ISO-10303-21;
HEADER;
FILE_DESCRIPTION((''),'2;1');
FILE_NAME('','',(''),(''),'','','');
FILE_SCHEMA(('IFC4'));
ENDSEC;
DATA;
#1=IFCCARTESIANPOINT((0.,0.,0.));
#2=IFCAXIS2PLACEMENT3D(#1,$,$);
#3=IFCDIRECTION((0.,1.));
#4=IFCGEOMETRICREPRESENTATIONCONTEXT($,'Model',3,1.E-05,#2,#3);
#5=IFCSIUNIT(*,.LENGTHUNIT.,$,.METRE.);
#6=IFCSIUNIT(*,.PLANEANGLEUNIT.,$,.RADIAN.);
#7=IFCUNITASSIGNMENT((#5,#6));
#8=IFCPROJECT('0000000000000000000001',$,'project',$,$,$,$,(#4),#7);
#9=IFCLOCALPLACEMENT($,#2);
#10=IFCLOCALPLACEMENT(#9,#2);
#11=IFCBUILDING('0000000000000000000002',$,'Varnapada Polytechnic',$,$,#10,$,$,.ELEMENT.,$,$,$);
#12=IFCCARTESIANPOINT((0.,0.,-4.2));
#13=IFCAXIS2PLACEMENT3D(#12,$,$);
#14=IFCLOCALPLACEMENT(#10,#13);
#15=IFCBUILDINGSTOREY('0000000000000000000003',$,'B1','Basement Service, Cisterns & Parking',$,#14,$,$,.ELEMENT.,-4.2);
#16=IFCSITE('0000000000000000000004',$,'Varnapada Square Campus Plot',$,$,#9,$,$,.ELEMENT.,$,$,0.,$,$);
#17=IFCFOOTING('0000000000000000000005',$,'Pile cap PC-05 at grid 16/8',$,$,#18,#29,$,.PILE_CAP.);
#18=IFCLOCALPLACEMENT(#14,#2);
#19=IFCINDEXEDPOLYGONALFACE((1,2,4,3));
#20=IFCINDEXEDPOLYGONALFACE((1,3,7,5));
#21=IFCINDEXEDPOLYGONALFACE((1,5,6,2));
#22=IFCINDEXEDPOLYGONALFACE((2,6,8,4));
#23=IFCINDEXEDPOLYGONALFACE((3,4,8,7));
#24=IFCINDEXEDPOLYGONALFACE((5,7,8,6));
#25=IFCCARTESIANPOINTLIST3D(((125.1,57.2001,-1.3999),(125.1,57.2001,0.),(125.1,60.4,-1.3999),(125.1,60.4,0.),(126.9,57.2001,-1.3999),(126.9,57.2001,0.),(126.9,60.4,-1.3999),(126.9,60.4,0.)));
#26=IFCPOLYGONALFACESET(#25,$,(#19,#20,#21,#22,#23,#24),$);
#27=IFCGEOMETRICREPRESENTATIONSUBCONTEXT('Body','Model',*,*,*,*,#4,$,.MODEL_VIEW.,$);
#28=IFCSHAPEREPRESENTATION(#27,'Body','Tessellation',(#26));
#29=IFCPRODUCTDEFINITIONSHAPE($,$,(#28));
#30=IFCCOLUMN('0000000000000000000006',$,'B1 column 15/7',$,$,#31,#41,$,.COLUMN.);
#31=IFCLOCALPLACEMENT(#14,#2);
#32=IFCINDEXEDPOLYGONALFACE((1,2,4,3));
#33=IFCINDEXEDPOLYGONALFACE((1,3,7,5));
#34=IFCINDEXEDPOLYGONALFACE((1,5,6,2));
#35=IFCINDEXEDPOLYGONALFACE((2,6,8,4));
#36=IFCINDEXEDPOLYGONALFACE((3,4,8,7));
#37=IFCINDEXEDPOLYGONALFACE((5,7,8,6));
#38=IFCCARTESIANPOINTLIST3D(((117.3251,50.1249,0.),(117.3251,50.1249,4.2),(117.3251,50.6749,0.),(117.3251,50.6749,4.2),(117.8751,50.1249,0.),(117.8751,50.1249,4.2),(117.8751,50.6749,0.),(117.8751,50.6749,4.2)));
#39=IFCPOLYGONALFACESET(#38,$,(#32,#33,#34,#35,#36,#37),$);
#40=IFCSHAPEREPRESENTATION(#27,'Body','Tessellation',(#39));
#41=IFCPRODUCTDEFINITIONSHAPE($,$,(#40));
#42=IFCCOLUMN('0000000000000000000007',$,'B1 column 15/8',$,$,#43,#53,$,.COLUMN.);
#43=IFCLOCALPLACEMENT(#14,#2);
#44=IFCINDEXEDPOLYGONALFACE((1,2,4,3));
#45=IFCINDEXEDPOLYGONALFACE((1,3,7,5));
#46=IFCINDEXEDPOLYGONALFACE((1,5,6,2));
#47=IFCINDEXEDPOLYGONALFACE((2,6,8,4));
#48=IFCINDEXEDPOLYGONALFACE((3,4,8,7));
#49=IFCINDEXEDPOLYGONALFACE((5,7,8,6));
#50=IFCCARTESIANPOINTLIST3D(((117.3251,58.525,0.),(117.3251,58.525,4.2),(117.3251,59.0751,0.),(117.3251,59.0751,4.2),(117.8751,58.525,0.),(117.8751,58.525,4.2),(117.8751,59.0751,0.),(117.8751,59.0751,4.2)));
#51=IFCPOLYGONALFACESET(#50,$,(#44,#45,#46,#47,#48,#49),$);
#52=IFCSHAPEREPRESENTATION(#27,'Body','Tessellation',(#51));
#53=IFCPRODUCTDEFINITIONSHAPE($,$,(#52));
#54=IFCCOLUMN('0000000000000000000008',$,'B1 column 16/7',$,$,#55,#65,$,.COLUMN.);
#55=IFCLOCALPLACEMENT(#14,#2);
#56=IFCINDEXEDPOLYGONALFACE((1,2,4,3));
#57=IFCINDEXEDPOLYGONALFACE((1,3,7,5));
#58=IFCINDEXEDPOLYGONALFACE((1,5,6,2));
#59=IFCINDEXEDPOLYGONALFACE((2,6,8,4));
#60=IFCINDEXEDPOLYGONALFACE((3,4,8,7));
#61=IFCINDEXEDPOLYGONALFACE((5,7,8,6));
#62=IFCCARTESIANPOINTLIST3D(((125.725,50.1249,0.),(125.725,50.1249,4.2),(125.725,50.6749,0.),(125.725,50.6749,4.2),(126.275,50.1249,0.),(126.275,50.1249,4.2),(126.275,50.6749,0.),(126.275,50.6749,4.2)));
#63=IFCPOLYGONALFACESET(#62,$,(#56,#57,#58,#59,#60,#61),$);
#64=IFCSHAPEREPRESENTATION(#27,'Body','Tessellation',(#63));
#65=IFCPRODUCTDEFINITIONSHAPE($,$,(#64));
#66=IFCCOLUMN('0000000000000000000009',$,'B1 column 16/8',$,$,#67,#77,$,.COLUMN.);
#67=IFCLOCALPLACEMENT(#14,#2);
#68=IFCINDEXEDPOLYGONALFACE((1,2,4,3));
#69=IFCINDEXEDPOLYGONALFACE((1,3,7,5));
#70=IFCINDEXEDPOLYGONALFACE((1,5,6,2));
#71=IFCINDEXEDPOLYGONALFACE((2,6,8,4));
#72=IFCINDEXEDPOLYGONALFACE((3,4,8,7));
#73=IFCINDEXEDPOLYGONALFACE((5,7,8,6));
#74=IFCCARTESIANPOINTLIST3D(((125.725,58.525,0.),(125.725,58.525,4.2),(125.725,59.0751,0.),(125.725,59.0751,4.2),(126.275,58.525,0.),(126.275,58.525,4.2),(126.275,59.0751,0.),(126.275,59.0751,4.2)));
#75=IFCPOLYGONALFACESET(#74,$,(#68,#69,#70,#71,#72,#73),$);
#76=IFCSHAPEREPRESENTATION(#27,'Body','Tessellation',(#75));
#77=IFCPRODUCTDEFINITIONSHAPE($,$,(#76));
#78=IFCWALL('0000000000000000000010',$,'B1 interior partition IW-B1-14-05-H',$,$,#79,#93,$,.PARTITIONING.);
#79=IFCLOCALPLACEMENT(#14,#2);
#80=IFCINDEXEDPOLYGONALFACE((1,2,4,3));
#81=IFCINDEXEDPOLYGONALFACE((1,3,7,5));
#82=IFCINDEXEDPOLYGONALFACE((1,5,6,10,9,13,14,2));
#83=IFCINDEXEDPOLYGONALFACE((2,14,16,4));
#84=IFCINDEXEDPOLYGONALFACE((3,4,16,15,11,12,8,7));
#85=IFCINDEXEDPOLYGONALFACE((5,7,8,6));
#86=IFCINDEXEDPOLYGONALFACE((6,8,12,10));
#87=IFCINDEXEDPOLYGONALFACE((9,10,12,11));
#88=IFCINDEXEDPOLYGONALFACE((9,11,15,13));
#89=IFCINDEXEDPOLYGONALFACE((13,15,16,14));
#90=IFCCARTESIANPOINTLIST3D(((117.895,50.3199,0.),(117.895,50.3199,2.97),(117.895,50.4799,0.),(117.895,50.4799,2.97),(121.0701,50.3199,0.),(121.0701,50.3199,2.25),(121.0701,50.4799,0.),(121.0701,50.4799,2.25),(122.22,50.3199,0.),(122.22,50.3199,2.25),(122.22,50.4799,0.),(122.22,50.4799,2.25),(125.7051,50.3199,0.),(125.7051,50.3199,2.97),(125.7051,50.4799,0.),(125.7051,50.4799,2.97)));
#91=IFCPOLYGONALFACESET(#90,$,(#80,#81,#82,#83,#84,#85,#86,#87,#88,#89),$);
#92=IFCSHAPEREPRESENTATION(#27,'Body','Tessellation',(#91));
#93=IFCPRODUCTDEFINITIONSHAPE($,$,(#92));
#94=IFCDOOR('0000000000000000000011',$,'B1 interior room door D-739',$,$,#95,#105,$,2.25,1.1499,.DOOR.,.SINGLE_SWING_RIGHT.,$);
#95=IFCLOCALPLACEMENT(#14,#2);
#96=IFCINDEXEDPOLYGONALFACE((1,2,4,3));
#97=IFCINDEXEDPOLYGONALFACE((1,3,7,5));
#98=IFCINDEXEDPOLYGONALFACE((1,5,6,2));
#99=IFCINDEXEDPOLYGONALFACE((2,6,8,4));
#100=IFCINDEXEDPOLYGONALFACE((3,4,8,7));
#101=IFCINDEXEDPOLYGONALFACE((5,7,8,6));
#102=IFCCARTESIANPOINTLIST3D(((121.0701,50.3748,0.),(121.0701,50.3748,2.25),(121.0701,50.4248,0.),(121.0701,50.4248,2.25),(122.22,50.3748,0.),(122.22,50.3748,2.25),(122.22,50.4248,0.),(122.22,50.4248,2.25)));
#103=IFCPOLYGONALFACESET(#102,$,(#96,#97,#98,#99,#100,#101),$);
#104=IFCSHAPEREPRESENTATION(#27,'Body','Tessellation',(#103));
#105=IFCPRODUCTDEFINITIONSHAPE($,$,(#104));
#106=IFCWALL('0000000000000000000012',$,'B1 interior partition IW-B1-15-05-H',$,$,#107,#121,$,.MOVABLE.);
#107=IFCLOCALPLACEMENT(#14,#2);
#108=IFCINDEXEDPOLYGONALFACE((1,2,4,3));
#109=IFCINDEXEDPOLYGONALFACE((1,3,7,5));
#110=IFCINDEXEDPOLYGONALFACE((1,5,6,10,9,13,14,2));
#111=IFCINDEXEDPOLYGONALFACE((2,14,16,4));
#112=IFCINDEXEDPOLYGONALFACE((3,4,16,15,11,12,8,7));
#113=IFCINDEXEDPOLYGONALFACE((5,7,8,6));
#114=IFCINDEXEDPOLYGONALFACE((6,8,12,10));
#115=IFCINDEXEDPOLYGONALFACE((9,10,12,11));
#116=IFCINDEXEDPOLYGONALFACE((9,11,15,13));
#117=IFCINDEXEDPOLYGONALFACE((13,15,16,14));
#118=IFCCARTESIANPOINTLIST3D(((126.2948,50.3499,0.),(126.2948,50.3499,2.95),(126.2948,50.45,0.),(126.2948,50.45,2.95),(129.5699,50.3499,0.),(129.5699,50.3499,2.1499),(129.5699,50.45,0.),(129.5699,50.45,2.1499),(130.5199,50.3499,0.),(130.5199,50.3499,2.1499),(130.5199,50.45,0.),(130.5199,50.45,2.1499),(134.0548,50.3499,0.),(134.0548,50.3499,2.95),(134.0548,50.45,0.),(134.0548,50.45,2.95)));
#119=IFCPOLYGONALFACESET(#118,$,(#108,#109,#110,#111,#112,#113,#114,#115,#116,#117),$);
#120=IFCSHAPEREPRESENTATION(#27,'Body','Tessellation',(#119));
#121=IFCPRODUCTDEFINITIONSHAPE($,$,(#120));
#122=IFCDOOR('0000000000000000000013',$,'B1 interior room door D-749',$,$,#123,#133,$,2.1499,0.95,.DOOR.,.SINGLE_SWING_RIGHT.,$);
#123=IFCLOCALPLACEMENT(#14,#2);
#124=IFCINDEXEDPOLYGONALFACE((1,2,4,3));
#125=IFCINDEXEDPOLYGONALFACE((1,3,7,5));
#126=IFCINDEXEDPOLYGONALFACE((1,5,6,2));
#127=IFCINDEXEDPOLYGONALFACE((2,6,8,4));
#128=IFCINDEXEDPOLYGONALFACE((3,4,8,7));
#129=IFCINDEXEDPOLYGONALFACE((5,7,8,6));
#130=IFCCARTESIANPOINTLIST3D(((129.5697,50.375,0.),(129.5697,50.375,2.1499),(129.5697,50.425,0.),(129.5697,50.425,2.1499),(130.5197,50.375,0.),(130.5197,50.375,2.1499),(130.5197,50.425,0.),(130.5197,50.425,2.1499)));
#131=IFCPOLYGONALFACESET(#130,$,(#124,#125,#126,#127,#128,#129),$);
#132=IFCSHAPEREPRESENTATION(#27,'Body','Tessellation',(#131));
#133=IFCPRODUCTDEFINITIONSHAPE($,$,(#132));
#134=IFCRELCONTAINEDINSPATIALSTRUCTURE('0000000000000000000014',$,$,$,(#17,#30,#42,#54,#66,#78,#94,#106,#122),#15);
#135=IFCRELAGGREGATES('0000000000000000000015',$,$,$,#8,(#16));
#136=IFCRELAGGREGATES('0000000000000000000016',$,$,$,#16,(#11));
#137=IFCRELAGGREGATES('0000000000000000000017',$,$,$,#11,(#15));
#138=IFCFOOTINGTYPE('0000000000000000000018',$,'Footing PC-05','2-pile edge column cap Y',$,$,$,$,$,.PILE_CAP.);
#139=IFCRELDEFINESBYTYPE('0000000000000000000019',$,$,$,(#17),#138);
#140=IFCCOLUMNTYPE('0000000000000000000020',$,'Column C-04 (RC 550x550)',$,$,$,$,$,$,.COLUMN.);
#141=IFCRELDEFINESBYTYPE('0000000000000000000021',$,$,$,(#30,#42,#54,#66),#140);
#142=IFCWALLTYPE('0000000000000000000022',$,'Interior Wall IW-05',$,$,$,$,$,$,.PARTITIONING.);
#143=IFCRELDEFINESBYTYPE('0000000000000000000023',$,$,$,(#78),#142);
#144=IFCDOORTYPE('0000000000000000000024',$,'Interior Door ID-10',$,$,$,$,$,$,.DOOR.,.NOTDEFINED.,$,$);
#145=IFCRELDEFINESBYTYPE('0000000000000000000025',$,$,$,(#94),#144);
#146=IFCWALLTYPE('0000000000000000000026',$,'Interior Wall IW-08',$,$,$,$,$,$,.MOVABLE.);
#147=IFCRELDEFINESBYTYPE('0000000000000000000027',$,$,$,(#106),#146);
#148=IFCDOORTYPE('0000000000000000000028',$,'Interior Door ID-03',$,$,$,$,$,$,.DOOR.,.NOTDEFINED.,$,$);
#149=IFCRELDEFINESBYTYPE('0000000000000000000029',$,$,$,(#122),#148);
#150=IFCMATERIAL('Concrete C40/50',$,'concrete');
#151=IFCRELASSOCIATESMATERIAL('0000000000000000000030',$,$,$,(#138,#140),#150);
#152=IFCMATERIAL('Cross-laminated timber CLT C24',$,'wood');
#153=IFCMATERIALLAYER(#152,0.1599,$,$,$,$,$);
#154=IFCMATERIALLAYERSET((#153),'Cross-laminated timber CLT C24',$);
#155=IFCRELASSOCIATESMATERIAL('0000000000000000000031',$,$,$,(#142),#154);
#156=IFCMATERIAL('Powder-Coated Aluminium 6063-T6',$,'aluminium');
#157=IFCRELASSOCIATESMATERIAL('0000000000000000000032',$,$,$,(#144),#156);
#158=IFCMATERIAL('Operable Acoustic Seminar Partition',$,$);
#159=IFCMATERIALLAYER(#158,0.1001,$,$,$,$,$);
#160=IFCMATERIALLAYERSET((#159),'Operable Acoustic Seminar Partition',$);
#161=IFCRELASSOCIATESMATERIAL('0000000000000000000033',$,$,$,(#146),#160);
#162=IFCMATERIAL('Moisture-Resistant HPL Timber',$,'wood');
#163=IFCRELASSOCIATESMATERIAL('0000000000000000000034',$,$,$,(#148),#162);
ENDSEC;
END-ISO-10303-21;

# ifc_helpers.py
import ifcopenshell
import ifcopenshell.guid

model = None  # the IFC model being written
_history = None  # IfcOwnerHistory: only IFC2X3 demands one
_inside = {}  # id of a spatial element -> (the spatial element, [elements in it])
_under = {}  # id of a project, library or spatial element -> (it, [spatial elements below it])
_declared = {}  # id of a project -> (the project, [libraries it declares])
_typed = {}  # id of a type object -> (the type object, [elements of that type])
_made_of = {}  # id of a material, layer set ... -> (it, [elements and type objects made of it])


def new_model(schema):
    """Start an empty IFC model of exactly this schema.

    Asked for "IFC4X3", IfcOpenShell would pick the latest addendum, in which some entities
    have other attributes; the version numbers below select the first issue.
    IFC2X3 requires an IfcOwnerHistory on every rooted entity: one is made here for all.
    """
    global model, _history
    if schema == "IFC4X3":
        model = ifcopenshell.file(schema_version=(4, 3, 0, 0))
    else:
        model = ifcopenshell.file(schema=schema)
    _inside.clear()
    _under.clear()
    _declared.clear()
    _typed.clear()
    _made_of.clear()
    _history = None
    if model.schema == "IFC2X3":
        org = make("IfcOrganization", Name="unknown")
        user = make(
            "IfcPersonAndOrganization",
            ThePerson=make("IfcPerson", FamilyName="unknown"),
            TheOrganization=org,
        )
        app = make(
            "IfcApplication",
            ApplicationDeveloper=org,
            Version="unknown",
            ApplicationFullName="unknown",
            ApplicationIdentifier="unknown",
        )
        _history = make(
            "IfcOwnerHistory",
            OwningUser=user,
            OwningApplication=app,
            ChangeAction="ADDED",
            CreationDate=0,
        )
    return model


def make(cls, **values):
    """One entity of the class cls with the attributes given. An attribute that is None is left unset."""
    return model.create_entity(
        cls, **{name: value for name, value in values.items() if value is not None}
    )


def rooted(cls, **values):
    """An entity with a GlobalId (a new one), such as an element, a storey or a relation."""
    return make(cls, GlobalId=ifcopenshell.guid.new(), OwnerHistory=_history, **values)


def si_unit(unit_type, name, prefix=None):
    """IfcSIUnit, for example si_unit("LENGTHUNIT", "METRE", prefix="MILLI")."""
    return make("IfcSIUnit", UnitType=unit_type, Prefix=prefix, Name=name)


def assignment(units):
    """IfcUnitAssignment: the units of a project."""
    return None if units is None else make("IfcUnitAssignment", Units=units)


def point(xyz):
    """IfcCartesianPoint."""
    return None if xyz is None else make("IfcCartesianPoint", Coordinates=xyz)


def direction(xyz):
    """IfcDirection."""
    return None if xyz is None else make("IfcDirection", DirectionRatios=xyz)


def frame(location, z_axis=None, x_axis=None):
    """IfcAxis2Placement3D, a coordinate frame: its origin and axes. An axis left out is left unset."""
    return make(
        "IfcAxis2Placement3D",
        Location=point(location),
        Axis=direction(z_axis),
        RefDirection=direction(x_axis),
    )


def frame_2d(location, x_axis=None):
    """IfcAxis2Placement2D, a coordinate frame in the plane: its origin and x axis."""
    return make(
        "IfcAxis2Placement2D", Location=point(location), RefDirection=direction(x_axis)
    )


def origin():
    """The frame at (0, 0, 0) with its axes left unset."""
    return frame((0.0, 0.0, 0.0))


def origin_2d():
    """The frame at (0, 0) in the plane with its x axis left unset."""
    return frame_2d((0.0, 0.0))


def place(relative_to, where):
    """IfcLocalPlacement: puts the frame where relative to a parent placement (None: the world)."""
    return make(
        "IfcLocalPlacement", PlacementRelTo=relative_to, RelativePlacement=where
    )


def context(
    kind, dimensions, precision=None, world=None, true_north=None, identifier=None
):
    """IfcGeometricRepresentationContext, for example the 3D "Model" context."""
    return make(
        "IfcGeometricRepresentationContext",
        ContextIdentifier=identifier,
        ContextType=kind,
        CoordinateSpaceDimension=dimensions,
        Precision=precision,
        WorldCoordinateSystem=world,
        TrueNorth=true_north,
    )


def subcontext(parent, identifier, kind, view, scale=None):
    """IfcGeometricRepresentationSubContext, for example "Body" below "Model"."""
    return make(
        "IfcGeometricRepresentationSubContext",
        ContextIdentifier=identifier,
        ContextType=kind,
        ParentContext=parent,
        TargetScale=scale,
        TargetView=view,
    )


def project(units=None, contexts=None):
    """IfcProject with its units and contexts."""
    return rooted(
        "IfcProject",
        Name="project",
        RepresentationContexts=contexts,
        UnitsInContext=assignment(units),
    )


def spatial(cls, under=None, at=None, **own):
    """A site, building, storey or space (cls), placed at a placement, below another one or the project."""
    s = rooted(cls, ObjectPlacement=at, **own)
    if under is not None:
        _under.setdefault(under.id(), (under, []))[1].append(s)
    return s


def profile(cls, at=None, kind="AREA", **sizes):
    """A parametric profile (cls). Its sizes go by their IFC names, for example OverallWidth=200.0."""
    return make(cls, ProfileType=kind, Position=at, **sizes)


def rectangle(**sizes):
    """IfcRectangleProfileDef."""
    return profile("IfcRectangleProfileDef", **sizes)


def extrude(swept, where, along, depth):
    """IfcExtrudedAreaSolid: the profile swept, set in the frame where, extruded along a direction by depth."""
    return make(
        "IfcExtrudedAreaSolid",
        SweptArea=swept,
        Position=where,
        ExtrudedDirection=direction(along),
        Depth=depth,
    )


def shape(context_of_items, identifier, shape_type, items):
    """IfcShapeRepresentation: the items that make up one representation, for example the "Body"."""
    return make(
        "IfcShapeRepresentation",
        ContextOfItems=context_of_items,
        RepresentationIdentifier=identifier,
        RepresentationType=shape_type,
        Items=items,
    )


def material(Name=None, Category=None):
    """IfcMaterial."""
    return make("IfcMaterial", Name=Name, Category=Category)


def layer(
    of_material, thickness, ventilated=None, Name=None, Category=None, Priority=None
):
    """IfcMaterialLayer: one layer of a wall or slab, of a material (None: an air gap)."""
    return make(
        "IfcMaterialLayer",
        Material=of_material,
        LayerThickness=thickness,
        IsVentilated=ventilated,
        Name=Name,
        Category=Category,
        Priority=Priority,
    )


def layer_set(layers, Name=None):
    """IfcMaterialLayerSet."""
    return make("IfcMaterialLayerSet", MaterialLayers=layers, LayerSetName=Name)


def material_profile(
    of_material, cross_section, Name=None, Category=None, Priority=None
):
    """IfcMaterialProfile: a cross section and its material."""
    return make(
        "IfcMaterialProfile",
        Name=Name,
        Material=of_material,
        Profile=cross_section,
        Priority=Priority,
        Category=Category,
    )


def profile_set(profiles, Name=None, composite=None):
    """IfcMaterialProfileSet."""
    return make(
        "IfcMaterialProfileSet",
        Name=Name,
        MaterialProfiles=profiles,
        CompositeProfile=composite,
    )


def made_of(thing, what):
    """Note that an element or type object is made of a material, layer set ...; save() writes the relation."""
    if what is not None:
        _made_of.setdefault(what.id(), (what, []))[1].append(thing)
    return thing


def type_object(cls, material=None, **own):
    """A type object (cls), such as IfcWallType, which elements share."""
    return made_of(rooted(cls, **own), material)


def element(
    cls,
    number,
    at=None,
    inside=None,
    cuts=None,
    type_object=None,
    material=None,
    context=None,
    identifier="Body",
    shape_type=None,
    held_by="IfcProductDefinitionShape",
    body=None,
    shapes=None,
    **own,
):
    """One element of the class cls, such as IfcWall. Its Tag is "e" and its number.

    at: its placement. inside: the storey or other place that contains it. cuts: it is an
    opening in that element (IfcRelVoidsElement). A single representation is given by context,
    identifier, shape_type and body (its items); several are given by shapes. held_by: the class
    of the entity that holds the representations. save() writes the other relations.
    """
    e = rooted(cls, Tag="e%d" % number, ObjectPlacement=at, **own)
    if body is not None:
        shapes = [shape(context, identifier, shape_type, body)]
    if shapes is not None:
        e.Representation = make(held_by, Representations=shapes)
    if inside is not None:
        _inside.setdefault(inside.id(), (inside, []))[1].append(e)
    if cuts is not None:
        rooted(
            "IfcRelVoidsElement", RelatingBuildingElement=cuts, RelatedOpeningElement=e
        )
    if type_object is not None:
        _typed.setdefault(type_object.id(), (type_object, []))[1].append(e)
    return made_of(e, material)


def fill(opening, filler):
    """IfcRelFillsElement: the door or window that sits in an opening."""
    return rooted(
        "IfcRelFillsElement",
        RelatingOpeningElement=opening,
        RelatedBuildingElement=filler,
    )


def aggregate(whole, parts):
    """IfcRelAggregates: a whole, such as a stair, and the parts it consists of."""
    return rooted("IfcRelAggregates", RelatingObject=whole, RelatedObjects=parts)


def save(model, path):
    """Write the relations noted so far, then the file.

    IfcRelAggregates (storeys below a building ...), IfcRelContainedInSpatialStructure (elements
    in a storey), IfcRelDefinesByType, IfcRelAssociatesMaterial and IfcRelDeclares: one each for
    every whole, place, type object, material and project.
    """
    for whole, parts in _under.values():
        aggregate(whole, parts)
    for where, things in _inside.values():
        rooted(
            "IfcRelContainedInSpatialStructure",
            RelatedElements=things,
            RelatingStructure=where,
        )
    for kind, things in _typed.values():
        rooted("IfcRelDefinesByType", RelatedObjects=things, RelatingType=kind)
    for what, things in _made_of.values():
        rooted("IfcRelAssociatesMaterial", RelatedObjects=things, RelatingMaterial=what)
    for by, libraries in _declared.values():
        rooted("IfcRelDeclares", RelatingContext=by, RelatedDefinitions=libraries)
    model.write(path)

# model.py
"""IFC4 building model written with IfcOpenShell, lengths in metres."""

from ifc_helpers import new_model, si_unit, direction, frame, frame_2d, origin, origin_2d, place, context, subcontext, project, spatial, rectangle, extrude, material, layer, layer_set, material_profile, profile_set, type_object, element, fill, save


model = new_model("IFC4")

# Units and contexts
model_context = context("Model", 3, precision=1e-05, world=origin(), true_north=direction((0.0, 1.0)))
body_context = subcontext(model_context, "Body", "Model", "MODEL_VIEW")
ifc_project = project(units=[si_unit("LENGTHUNIT", "METRE"), si_unit("PLANEANGLEUNIT", "RADIAN")], contexts=[model_context])

# Site, building, storey
site_placement = place(None, origin())
site = spatial("IfcSite", under=ifc_project, at=site_placement, Name="Varnapada Square Campus Plot", CompositionType="ELEMENT", RefElevation=0.0)
building_placement = place(site_placement, origin())
building = spatial("IfcBuilding", under=site, at=building_placement, Name="Varnapada Polytechnic", CompositionType="ELEMENT")
storey_placement = place(building_placement, frame((0.0, 0.0, -4.2)))
storey = spatial("IfcBuildingStorey", under=building, at=storey_placement, Name="B1", Description="Basement Service, Cisterns & Parking", CompositionType="ELEMENT", Elevation=-4.2)

# Shared definitions
ifc_material_1 = material(Name="Concrete C40/50", Category="concrete")

# Footing
footing_type_1 = type_object("IfcFootingType", Name="Footing PC-05", Description="2-pile edge column cap Y", PredefinedType="PILE_CAP", material=ifc_material_1)
for number, where, z_axis, x_axis, name in (
    (1, (126.0, 58.8, -1.3999), (0.0, 0.0, 1.0), (1.0, 0.0, 0.0), "Pile cap PC-05 at grid 16/8"),
):
    element("IfcFooting", number, at=place(storey_placement, frame(where, z_axis=z_axis, x_axis=x_axis)), inside=storey, type_object=footing_type_1, Name=name, PredefinedType="PILE_CAP", context=body_context, shape_type="SweptSolid", body=[
        extrude(rectangle(XDim=1.8, YDim=3.2, at=origin_2d()), origin(), (0.0, 0.0, 1.0), 1.3999),
    ])

# Columns
ifc_material_profile_1 = material_profile(ifc_material_1, rectangle(XDim=0.55, YDim=0.55, at=origin_2d()), Name="RC 550x550")
ifc_profile_set_1 = profile_set([ifc_material_profile_1], Name="Concrete C40/50")
column_type = type_object("IfcColumnType", Name="Column C-04 (RC 550x550)", PredefinedType="COLUMN", material=ifc_profile_set_1)
for number, where, z_axis, x_axis, name in (
    (2, (117.6001, 50.3999, 0.0), (0.0, 0.0, 1.0), (1.0, 0.0, 0.0), "B1 column 15/7"),
    (3, (117.6001, 58.8, 0.0), (0.0, 0.0, 1.0), (1.0, 0.0, 0.0), "B1 column 15/8"),
    (4, (126.0, 50.3999, 0.0), (0.0, 0.0, 1.0), (1.0, 0.0, 0.0), "B1 column 16/7"),
    (5, (126.0, 58.8, 0.0), (0.0, 0.0, 1.0), (1.0, 0.0, 0.0), "B1 column 16/8"),
):
    element("IfcColumn", number, at=place(storey_placement, frame(where, z_axis=z_axis, x_axis=x_axis)), inside=storey, type_object=column_type, Name=name, PredefinedType="COLUMN", context=body_context, shape_type="SweptSolid", body=[
        extrude(rectangle(XDim=0.55, YDim=0.55, at=origin_2d()), origin(), (0.0, 0.0, 1.0), 4.2),
    ])

# Walls, openings, doors
ifc_material_2 = material(Name="Cross-laminated timber CLT C24", Category="wood")
ifc_layer_1 = layer(ifc_material_2, 0.1599)
ifc_layer_set_1 = layer_set([ifc_layer_1], Name="Cross-laminated timber CLT C24")
wall_type_1 = type_object("IfcWallType", Name="Interior Wall IW-05", PredefinedType="PARTITIONING", material=ifc_layer_set_1)
wall_1_placement = place(storey_placement, frame((117.895, 50.3999, 0.0), z_axis=(0.0, 0.0, 1.0), x_axis=(1.0, 0.0, 0.0)))
wall_1 = element("IfcWall", 6, at=wall_1_placement, inside=storey, type_object=wall_type_1, Name="B1 interior partition IW-B1-14-05-H", PredefinedType="PARTITIONING", context=body_context, shape_type="SweptSolid", body=[
    extrude(rectangle(XDim=7.8101, YDim=0.1599, at=frame_2d((3.905, 0.0))), origin(), (0.0, 0.0, 1.0), 2.97),
])
opening_1_placement = place(wall_1_placement, frame((3.175, 0.0, 0.0)))
opening_1 = element("IfcOpeningElement", 7, at=opening_1_placement, cuts=wall_1, PredefinedType="OPENING", context=body_context, shape_type="SweptSolid", body=[
    extrude(rectangle(XDim=1.1499, YDim=2.25, at=frame_2d((0.575, 1.125))), frame((0.0, 0.0898, 0.0), z_axis=(0.0, -1.0, 0.0), x_axis=(1.0, 0.0, 0.0)), (0.0, 0.0, 1.0), 0.1799),
])
ifc_material_3 = material(Name="Powder-Coated Aluminium 6063-T6", Category="aluminium")
door_type_1 = type_object("IfcDoorType", Name="Interior Door ID-10", OperationType="NOTDEFINED", PredefinedType="DOOR", material=ifc_material_3)
door_1_placement = place(opening_1_placement, origin())
door_1 = element("IfcDoor", 8, at=door_1_placement, inside=storey, type_object=door_type_1, Name="B1 interior room door D-739", OperationType="SINGLE_SWING_RIGHT", OverallHeight=2.25, OverallWidth=1.1499, PredefinedType="DOOR", context=body_context, shape_type="SweptSolid", body=[
    extrude(rectangle(XDim=1.1499, YDim=2.25, at=frame_2d((0.575, 1.125))), frame((0.0, 0.0249, 0.0), z_axis=(0.0, -1.0, 0.0), x_axis=(1.0, 0.0, 0.0)), (0.0, 0.0, 1.0), 0.05),
])
fill(opening_1, door_1)
ifc_material_4 = material(Name="Operable Acoustic Seminar Partition")
ifc_layer_2 = layer(ifc_material_4, 0.1001)
ifc_layer_set_2 = layer_set([ifc_layer_2], Name="Operable Acoustic Seminar Partition")
wall_type_2 = type_object("IfcWallType", Name="Interior Wall IW-08", PredefinedType="MOVABLE", material=ifc_layer_set_2)
wall_2_placement = place(storey_placement, frame((126.2949, 50.3999, 0.0), z_axis=(0.0, 0.0, 1.0), x_axis=(1.0, 0.0, 0.0)))
wall_2 = element("IfcWall", 9, at=wall_2_placement, inside=storey, type_object=wall_type_2, Name="B1 interior partition IW-B1-15-05-H", PredefinedType="MOVABLE", context=body_context, shape_type="SweptSolid", body=[
    extrude(rectangle(XDim=7.76, YDim=0.1001, at=frame_2d((3.8799, 0.0))), origin(), (0.0, 0.0, 1.0), 2.95),
])
opening_2_placement = place(wall_2_placement, frame((3.2749, 0.0, 0.0)))
opening_2 = element("IfcOpeningElement", 10, at=opening_2_placement, cuts=wall_2, PredefinedType="OPENING", context=body_context, shape_type="SweptSolid", body=[
    extrude(rectangle(XDim=0.95, YDim=2.1499, at=frame_2d((0.4751, 1.075))), frame((0.0, 0.0601, 0.0), z_axis=(0.0, -1.0, 0.0), x_axis=(1.0, 0.0, 0.0)), (0.0, 0.0, 1.0), 0.1201),
])
ifc_material_5 = material(Name="Moisture-Resistant HPL Timber", Category="wood")
door_type_2 = type_object("IfcDoorType", Name="Interior Door ID-03", OperationType="NOTDEFINED", PredefinedType="DOOR", material=ifc_material_5)
door_2_placement = place(opening_2_placement, frame((0.95, 0.0, 0.0), z_axis=(0.0, 0.0, 1.0), x_axis=(-1.0, 0.0, 0.0)))
door_2 = element("IfcDoor", 11, at=door_2_placement, inside=storey, type_object=door_type_2, Name="B1 interior room door D-749", OperationType="SINGLE_SWING_RIGHT", OverallHeight=2.1499, OverallWidth=0.95, PredefinedType="DOOR", context=body_context, shape_type="SweptSolid", body=[
    extrude(rectangle(XDim=0.95, YDim=2.1499, at=frame_2d((0.4751, 1.075))), frame((0.0, 0.0249, 0.0), z_axis=(0.0, -1.0, 0.0), x_axis=(1.0, 0.0, 0.0)), (0.0, 0.0, 1.0), 0.05),
])
fill(opening_2, door_2)

save(model, "model.ifc")
